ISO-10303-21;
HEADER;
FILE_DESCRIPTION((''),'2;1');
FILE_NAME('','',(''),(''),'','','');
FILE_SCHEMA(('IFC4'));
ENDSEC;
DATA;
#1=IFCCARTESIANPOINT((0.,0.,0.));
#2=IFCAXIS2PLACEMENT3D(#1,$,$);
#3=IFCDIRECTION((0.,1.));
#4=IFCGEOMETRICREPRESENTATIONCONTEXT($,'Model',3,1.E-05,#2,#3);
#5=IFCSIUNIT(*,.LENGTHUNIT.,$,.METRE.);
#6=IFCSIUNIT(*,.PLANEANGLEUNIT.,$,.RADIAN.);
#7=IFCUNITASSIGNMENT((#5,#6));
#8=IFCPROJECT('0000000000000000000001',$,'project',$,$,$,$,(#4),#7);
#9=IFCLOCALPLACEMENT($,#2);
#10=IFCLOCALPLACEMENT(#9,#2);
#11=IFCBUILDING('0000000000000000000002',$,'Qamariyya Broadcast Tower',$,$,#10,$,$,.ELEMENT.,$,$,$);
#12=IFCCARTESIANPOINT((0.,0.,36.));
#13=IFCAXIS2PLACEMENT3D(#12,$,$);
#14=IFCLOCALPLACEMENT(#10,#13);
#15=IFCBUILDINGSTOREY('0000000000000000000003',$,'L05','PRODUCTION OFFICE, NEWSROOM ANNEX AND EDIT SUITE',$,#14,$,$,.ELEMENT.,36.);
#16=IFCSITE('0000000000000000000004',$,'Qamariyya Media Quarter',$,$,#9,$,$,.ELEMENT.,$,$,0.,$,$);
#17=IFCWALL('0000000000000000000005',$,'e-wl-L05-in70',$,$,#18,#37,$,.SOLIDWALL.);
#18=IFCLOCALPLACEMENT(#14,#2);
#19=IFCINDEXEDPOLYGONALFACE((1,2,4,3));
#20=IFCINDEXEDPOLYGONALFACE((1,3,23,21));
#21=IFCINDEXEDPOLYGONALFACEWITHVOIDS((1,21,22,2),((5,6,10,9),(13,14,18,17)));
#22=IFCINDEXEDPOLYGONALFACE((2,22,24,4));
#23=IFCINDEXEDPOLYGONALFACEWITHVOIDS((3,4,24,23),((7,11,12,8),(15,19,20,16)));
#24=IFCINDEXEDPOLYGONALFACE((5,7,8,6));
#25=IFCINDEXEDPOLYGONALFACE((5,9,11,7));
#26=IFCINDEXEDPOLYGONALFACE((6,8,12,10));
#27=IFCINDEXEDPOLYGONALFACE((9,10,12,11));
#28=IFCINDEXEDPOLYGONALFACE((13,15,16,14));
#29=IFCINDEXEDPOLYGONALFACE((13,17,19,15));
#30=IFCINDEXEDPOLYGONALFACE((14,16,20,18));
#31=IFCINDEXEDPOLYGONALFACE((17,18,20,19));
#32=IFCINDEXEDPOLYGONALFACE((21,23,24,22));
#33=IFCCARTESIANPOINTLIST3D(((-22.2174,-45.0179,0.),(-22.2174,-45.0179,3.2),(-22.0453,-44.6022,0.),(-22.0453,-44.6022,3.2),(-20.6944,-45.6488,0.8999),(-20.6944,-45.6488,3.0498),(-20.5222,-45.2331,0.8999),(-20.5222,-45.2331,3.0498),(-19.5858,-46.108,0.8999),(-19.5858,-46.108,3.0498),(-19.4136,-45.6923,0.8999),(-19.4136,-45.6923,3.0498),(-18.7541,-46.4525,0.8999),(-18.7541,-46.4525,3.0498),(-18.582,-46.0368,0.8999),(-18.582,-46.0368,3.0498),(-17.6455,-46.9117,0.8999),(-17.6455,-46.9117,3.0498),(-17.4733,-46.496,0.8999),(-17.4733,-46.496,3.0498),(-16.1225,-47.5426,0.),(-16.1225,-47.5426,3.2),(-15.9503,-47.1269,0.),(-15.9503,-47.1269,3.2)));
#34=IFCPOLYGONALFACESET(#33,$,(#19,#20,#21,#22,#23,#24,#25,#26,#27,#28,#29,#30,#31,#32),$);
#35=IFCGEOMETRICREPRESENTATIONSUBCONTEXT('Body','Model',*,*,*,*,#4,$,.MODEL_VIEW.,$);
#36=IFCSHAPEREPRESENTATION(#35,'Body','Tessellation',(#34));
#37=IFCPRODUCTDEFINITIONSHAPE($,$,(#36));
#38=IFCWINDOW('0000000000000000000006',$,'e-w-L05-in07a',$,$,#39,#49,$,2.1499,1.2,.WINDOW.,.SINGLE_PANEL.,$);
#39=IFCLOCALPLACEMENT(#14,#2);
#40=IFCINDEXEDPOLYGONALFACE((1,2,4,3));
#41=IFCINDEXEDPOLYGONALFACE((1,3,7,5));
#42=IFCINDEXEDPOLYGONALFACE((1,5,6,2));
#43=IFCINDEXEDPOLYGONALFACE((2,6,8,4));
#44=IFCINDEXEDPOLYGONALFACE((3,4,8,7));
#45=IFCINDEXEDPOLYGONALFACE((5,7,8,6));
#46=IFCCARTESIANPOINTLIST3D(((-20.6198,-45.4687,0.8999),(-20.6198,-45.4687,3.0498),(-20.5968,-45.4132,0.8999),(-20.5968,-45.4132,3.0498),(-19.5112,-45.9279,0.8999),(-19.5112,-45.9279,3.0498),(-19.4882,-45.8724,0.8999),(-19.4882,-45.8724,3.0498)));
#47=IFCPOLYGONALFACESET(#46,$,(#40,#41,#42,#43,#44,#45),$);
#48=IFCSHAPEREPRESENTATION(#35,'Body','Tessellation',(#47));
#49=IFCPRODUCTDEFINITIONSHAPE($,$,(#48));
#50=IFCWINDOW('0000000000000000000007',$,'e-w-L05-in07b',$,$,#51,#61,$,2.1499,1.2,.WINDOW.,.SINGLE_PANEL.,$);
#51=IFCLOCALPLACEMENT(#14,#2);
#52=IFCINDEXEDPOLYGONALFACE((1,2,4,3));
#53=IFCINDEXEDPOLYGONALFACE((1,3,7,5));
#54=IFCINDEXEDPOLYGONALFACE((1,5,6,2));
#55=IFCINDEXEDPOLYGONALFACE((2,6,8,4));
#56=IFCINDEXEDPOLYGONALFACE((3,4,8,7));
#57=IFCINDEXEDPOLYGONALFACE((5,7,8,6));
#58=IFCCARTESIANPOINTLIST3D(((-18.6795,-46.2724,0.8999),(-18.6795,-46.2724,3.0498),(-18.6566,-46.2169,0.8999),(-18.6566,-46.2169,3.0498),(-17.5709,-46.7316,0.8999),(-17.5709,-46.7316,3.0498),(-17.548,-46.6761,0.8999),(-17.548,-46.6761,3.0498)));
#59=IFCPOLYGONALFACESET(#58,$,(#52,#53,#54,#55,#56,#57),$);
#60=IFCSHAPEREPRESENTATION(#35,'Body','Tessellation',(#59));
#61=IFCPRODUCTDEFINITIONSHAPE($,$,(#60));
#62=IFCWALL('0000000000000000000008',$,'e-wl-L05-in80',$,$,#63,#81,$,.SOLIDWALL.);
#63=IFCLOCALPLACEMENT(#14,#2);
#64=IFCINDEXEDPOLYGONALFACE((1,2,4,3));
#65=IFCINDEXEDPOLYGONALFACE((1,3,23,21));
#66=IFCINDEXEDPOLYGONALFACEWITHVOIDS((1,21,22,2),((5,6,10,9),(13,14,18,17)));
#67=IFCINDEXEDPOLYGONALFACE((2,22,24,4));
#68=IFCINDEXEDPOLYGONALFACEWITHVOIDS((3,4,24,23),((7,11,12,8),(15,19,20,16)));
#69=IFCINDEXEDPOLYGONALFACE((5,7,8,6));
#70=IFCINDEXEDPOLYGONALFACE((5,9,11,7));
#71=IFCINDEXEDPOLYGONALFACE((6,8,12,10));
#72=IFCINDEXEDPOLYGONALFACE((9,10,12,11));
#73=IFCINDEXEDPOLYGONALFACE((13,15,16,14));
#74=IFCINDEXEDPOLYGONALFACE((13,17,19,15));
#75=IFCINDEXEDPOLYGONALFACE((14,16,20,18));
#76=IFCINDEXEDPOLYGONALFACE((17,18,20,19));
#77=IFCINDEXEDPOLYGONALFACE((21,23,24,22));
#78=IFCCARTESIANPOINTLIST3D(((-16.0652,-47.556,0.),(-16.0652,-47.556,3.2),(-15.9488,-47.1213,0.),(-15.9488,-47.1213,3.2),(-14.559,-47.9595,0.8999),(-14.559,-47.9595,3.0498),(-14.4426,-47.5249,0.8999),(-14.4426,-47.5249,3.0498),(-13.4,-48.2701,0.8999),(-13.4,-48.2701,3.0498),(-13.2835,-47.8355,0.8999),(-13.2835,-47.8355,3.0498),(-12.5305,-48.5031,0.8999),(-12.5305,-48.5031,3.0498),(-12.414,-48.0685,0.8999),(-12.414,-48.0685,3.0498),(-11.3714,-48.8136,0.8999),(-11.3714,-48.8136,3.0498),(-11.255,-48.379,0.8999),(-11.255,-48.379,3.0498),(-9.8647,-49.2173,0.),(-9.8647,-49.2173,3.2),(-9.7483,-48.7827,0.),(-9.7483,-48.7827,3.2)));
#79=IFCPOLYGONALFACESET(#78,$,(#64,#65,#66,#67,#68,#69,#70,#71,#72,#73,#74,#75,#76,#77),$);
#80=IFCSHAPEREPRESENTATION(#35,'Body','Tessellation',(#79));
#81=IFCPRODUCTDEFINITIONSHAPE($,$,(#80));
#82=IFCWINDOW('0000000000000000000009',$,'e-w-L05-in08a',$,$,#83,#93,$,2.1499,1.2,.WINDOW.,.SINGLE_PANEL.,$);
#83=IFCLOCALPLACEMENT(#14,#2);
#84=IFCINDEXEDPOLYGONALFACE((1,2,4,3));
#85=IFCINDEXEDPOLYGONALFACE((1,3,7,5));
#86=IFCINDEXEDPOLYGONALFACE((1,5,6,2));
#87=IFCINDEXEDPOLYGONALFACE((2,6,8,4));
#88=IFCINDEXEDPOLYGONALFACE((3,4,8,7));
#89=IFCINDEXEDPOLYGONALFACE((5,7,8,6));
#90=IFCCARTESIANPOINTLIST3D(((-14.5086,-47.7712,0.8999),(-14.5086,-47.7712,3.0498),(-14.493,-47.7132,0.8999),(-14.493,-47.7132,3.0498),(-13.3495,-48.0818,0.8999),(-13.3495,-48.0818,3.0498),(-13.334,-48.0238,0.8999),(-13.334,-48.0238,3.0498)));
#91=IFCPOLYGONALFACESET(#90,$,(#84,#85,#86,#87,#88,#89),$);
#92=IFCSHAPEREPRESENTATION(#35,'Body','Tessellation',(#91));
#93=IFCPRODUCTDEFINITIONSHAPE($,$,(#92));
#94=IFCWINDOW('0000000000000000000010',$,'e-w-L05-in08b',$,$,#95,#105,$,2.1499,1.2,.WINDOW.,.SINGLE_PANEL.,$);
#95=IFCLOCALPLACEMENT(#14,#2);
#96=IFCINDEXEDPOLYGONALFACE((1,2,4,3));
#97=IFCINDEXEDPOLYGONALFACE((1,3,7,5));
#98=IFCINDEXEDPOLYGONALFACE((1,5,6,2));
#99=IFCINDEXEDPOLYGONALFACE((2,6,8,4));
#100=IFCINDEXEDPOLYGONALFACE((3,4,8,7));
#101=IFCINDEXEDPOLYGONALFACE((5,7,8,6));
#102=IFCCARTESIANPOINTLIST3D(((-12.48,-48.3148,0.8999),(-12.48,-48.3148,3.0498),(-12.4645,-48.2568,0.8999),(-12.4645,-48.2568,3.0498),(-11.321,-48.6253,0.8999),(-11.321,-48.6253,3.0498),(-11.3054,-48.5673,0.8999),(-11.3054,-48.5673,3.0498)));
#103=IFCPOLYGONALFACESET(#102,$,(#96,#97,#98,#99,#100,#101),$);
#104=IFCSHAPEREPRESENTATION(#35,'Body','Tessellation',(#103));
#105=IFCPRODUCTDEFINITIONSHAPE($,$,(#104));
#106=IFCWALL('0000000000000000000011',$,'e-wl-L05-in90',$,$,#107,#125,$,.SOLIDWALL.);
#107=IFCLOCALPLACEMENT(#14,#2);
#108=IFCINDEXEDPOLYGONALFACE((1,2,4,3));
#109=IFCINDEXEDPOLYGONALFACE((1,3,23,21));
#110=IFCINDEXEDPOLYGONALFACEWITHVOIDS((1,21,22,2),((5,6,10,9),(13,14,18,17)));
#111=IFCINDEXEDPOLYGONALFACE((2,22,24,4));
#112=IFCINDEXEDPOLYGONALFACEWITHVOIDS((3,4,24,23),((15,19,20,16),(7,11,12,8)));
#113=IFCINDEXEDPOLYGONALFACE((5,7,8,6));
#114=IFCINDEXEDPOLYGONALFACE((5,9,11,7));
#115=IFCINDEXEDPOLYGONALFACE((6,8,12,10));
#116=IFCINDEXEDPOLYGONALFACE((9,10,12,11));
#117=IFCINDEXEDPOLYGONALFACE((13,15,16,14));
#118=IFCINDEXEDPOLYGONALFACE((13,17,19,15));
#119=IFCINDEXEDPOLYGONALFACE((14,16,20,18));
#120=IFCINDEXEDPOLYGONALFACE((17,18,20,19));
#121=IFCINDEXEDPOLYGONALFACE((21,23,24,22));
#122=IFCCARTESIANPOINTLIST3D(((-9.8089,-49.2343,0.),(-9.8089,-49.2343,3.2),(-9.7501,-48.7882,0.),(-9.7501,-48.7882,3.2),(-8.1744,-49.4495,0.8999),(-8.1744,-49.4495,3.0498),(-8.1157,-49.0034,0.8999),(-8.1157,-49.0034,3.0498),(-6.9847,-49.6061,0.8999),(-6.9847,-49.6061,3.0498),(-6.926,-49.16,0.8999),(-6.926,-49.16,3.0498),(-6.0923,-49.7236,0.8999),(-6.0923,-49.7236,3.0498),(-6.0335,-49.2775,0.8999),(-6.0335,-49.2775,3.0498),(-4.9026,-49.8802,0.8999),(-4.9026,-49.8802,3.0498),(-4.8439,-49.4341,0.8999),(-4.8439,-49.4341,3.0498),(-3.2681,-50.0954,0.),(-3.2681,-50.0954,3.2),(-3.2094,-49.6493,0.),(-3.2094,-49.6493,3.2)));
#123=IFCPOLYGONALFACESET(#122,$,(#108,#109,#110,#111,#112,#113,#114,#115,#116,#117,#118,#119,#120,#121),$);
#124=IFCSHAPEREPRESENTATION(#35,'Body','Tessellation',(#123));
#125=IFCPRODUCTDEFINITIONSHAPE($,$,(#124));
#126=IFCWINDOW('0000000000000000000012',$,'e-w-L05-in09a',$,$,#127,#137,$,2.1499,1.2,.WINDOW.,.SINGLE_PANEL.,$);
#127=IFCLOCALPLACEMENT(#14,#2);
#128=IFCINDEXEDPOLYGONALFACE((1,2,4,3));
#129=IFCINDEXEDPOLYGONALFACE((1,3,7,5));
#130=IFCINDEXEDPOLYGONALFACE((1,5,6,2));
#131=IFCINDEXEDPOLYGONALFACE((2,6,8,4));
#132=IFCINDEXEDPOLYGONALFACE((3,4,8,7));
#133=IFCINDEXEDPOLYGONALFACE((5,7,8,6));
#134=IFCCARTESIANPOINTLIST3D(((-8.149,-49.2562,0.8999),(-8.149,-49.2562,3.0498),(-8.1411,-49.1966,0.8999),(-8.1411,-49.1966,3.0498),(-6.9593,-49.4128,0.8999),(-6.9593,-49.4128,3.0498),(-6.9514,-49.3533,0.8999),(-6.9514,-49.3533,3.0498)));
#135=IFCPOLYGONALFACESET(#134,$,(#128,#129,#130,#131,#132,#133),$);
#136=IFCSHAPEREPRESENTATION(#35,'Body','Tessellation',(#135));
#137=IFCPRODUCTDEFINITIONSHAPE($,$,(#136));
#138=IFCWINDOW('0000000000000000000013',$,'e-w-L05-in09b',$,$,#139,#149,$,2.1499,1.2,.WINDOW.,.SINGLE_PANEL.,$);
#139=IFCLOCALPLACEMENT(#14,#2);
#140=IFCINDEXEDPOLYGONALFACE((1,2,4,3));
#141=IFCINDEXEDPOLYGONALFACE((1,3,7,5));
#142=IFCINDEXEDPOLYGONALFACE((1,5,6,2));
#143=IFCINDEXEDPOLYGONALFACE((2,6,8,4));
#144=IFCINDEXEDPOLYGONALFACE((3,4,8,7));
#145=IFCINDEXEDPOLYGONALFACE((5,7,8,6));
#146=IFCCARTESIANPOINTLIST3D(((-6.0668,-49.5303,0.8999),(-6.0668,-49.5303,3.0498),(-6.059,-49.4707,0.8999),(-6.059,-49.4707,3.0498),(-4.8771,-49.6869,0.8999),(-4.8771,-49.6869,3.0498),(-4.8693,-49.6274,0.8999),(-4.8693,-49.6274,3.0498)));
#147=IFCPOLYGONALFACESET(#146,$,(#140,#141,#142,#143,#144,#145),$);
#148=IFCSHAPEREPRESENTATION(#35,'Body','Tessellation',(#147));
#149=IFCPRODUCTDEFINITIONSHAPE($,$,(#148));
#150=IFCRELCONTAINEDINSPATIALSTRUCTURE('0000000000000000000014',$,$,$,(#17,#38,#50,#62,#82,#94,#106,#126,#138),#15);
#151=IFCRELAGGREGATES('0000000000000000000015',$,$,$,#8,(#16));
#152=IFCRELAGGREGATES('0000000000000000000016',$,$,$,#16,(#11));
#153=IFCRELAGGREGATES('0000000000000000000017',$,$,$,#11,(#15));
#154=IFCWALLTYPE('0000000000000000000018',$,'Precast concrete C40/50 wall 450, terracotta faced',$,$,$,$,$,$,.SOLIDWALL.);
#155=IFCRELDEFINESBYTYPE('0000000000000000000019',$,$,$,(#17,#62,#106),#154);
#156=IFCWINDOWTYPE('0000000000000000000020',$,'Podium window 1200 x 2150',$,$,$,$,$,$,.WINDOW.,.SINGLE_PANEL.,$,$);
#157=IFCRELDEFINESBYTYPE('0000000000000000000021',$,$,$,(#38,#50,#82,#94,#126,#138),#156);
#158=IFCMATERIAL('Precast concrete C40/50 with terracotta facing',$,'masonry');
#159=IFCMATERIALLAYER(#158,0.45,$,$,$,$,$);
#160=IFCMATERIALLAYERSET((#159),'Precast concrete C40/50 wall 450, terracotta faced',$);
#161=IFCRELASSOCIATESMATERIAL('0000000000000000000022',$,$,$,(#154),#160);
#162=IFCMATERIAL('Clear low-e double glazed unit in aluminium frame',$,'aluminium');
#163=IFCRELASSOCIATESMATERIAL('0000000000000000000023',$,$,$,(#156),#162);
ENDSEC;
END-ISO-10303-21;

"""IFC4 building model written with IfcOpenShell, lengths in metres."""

from ifc_helpers import new_model, si_unit, direction, frame, frame_2d, origin, place, context, subcontext, project, spatial, rectangle, extrude, material, layer, layer_set, type_object, element, fill, save


model = new_model("IFC4")

# Units and contexts
model_context = context("Model", 3, precision=1e-05, world=origin(), true_north=direction((0.0, 1.0)))
body_context = subcontext(model_context, "Body", "Model", "MODEL_VIEW")
ifc_project = project(units=[si_unit("LENGTHUNIT", "METRE"), si_unit("PLANEANGLEUNIT", "RADIAN")], contexts=[model_context])

# Site, building, storey
site_placement = place(None, origin())
site = spatial("IfcSite", under=ifc_project, at=site_placement, Name="Qamariyya Media Quarter", CompositionType="ELEMENT", RefElevation=0.0)
building_placement = place(site_placement, origin())
building = spatial("IfcBuilding", under=site, at=building_placement, Name="Qamariyya Broadcast Tower", CompositionType="ELEMENT")
storey_placement = place(building_placement, frame((0.0, 0.0, 36.0)))
storey = spatial("IfcBuildingStorey", under=building, at=storey_placement, Name="L05", Description="PRODUCTION OFFICE, NEWSROOM ANNEX AND EDIT SUITE", CompositionType="ELEMENT", Elevation=36.0)

# Walls, openings, windows
ifc_material_1 = material(Name="Precast concrete C40/50 with terracotta facing", Category="masonry")
ifc_layer_1 = layer(ifc_material_1, 0.45)
ifc_layer_set_1 = layer_set([ifc_layer_1], Name="Precast concrete C40/50 wall 450, terracotta faced")
wall_type_1 = type_object("IfcWallType", Name="Precast concrete C40/50 wall 450, terracotta faced", PredefinedType="SOLIDWALL", material=ifc_layer_set_1)
ifc_material_2 = material(Name="Clear low-e double glazed unit in aluminium frame", Category="aluminium")
window_type = type_object("IfcWindowType", Name="Podium window 1200 x 2150", PartitioningType="SINGLE_PANEL", PredefinedType="WINDOW", material=ifc_material_2)
wall_1_placement = place(storey_placement, frame((-16.0364, -47.3347, 0.0), z_axis=(0.0, 0.0, 1.0), x_axis=(-0.923877, 0.382688, 0.0)))
wall_1 = element("IfcWall", 1, at=wall_1_placement, inside=storey, type_object=wall_type_1, Name="e-wl-L05-in70", PredefinedType="SOLIDWALL", context=body_context, shape_type="SweptSolid", body=[
    extrude(rectangle(XDim=6.5972, YDim=0.45, at=frame_2d((3.2986, 0.0))), origin(), (0.0, 0.0, 1.0), 3.2),
])
opening_1_placement = place(wall_1_placement, frame((3.7485, 0.0, 0.8999)))
opening_1 = element("IfcOpeningElement", 2, at=opening_1_placement, cuts=wall_1, PredefinedType="OPENING", context=body_context, shape_type="SweptSolid", body=[
    extrude(rectangle(XDim=1.2, YDim=2.1499, at=frame_2d((0.6001, 1.075))), frame((0.0, 0.2349, 0.0), z_axis=(0.0, -1.0, 0.0), x_axis=(1.0, 0.0, 0.0)), (0.0, 0.0, 1.0), 0.47),
])
opening_2_placement = place(wall_1_placement, frame((1.6484, 0.0, 0.8999)))
opening_2 = element("IfcOpeningElement", 3, at=opening_2_placement, cuts=wall_1, PredefinedType="OPENING", context=body_context, shape_type="SweptSolid", body=[
    extrude(rectangle(XDim=1.2, YDim=2.1499, at=frame_2d((0.6001, 1.075))), frame((0.0, 0.2349, 0.0), z_axis=(0.0, -1.0, 0.0), x_axis=(1.0, 0.0, 0.0)), (0.0, 0.0, 1.0), 0.47),
])
window_1_placement = place(opening_1_placement, origin())
window_1 = element("IfcWindow", 4, at=window_1_placement, inside=storey, type_object=window_type, Name="e-w-L05-in07a", OverallHeight=2.1499, OverallWidth=1.2, PartitioningType="SINGLE_PANEL", PredefinedType="WINDOW", context=body_context, shape_type="SweptSolid", body=[
    extrude(rectangle(XDim=1.2, YDim=2.1499, at=frame_2d((0.6001, 1.075))), frame((0.0, 0.03, 0.0), z_axis=(0.0, -1.0, 0.0), x_axis=(1.0, 0.0, 0.0)), (0.0, 0.0, 1.0), 0.0601),
])
fill(opening_1, window_1)
window_2_placement = place(opening_2_placement, origin())
window_2 = element("IfcWindow", 5, at=window_2_placement, inside=storey, type_object=window_type, Name="e-w-L05-in07b", OverallHeight=2.1499, OverallWidth=1.2, PartitioningType="SINGLE_PANEL", PredefinedType="WINDOW", context=body_context, shape_type="SweptSolid", body=[
    extrude(rectangle(XDim=1.2, YDim=2.1499, at=frame_2d((0.6001, 1.075))), frame((0.0, 0.03, 0.0), z_axis=(0.0, -1.0, 0.0), x_axis=(1.0, 0.0, 0.0)), (0.0, 0.0, 1.0), 0.0601),
])
fill(opening_2, window_2)
wall_2_placement = place(storey_placement, frame((-9.8066, -49.0, 0.0), z_axis=(0.0, 0.0, 1.0), x_axis=(-0.965927, 0.258815, 0.0)))
wall_2 = element("IfcWall", 6, at=wall_2_placement, inside=storey, type_object=wall_type_1, Name="e-wl-L05-in80", PredefinedType="SOLIDWALL", context=body_context, shape_type="SweptSolid", body=[
    extrude(rectangle(XDim=6.4192, YDim=0.45, at=frame_2d((3.2095, 0.0))), origin(), (0.0, 0.0, 1.0), 3.2),
])
opening_3_placement = place(wall_2_placement, frame((3.6597, 0.0, 0.8999)))
opening_3 = element("IfcOpeningElement", 7, at=opening_3_placement, cuts=wall_2, PredefinedType="OPENING", context=body_context, shape_type="SweptSolid", body=[
    extrude(rectangle(XDim=1.2, YDim=2.1499, at=frame_2d((0.6001, 1.075))), frame((0.0, 0.2349, 0.0), z_axis=(0.0, -1.0, 0.0), x_axis=(1.0, 0.0, 0.0)), (0.0, 0.0, 1.0), 0.47),
])
opening_4_placement = place(wall_2_placement, frame((1.5596, 0.0, 0.8999)))
opening_4 = element("IfcOpeningElement", 8, at=opening_4_placement, cuts=wall_2, PredefinedType="OPENING", context=body_context, shape_type="SweptSolid", body=[
    extrude(rectangle(XDim=1.2, YDim=2.1499, at=frame_2d((0.6001, 1.075))), frame((0.0, 0.2349, 0.0), z_axis=(0.0, -1.0, 0.0), x_axis=(1.0, 0.0, 0.0)), (0.0, 0.0, 1.0), 0.47),
])
window_3_placement = place(opening_3_placement, origin())
window_3 = element("IfcWindow", 9, at=window_3_placement, inside=storey, type_object=window_type, Name="e-w-L05-in08a", OverallHeight=2.1499, OverallWidth=1.2, PartitioningType="SINGLE_PANEL", PredefinedType="WINDOW", context=body_context, shape_type="SweptSolid", body=[
    extrude(rectangle(XDim=1.2, YDim=2.1499, at=frame_2d((0.6001, 1.075))), frame((0.0, 0.03, 0.0), z_axis=(0.0, -1.0, 0.0), x_axis=(1.0, 0.0, 0.0)), (0.0, 0.0, 1.0), 0.0601),
])
fill(opening_3, window_3)
window_4_placement = place(opening_4_placement, origin())
window_4 = element("IfcWindow", 10, at=window_4_placement, inside=storey, type_object=window_type, Name="e-w-L05-in08b", OverallHeight=2.1499, OverallWidth=1.2, PartitioningType="SINGLE_PANEL", PredefinedType="WINDOW", context=body_context, shape_type="SweptSolid", body=[
    extrude(rectangle(XDim=1.2, YDim=2.1499, at=frame_2d((0.6001, 1.075))), frame((0.0, 0.03, 0.0), z_axis=(0.0, -1.0, 0.0), x_axis=(1.0, 0.0, 0.0)), (0.0, 0.0, 1.0), 0.0601),
])
fill(opening_4, window_4)
wall_3_placement = place(storey_placement, frame((-3.2388, -49.8723, 0.0), z_axis=(0.0, 0.0, 1.0), x_axis=(-0.991445, 0.130522, 0.0)))
wall_3 = element("IfcWall", 11, at=wall_3_placement, inside=storey, type_object=wall_type_1, Name="e-wl-L05-in90", PredefinedType="SOLIDWALL", context=body_context, shape_type="SweptSolid", body=[
    extrude(rectangle(XDim=6.5972, YDim=0.45, at=frame_2d((3.2986, 0.0))), origin(), (0.0, 0.0, 1.0), 3.2),
])
opening_5_placement = place(wall_3_placement, frame((3.7485, 0.0, 0.8999)))
opening_5 = element("IfcOpeningElement", 12, at=opening_5_placement, cuts=wall_3, PredefinedType="OPENING", context=body_context, shape_type="SweptSolid", body=[
    extrude(rectangle(XDim=1.2, YDim=2.1499, at=frame_2d((0.6001, 1.075))), frame((0.0, 0.2349, 0.0), z_axis=(0.0, -1.0, 0.0), x_axis=(1.0, 0.0, 0.0)), (0.0, 0.0, 1.0), 0.47),
])
opening_6_placement = place(wall_3_placement, frame((1.6484, 0.0, 0.8999)))
opening_6 = element("IfcOpeningElement", 13, at=opening_6_placement, cuts=wall_3, PredefinedType="OPENING", context=body_context, shape_type="SweptSolid", body=[
    extrude(rectangle(XDim=1.2, YDim=2.1499, at=frame_2d((0.6001, 1.075))), frame((0.0, 0.2349, 0.0), z_axis=(0.0, -1.0, 0.0), x_axis=(1.0, 0.0, 0.0)), (0.0, 0.0, 1.0), 0.47),
])
window_5_placement = place(opening_5_placement, origin())
window_5 = element("IfcWindow", 14, at=window_5_placement, inside=storey, type_object=window_type, Name="e-w-L05-in09a", OverallHeight=2.1499, OverallWidth=1.2, PartitioningType="SINGLE_PANEL", PredefinedType="WINDOW", context=body_context, shape_type="SweptSolid", body=[
    extrude(rectangle(XDim=1.2, YDim=2.1499, at=frame_2d((0.6001, 1.075))), frame((0.0, 0.03, 0.0), z_axis=(0.0, -1.0, 0.0), x_axis=(1.0, 0.0, 0.0)), (0.0, 0.0, 1.0), 0.0601),
])
fill(opening_5, window_5)
window_6_placement = place(opening_6_placement, origin())
window_6 = element("IfcWindow", 15, at=window_6_placement, inside=storey, type_object=window_type, Name="e-w-L05-in09b", OverallHeight=2.1499, OverallWidth=1.2, PartitioningType="SINGLE_PANEL", PredefinedType="WINDOW", context=body_context, shape_type="SweptSolid", body=[
    extrude(rectangle(XDim=1.2, YDim=2.1499, at=frame_2d((0.6001, 1.075))), frame((0.0, 0.03, 0.0), z_axis=(0.0, -1.0, 0.0), x_axis=(1.0, 0.0, 0.0)), (0.0, 0.0, 1.0), 0.0601),
])
fill(opening_6, window_6)

save(model, "model.ifc")
